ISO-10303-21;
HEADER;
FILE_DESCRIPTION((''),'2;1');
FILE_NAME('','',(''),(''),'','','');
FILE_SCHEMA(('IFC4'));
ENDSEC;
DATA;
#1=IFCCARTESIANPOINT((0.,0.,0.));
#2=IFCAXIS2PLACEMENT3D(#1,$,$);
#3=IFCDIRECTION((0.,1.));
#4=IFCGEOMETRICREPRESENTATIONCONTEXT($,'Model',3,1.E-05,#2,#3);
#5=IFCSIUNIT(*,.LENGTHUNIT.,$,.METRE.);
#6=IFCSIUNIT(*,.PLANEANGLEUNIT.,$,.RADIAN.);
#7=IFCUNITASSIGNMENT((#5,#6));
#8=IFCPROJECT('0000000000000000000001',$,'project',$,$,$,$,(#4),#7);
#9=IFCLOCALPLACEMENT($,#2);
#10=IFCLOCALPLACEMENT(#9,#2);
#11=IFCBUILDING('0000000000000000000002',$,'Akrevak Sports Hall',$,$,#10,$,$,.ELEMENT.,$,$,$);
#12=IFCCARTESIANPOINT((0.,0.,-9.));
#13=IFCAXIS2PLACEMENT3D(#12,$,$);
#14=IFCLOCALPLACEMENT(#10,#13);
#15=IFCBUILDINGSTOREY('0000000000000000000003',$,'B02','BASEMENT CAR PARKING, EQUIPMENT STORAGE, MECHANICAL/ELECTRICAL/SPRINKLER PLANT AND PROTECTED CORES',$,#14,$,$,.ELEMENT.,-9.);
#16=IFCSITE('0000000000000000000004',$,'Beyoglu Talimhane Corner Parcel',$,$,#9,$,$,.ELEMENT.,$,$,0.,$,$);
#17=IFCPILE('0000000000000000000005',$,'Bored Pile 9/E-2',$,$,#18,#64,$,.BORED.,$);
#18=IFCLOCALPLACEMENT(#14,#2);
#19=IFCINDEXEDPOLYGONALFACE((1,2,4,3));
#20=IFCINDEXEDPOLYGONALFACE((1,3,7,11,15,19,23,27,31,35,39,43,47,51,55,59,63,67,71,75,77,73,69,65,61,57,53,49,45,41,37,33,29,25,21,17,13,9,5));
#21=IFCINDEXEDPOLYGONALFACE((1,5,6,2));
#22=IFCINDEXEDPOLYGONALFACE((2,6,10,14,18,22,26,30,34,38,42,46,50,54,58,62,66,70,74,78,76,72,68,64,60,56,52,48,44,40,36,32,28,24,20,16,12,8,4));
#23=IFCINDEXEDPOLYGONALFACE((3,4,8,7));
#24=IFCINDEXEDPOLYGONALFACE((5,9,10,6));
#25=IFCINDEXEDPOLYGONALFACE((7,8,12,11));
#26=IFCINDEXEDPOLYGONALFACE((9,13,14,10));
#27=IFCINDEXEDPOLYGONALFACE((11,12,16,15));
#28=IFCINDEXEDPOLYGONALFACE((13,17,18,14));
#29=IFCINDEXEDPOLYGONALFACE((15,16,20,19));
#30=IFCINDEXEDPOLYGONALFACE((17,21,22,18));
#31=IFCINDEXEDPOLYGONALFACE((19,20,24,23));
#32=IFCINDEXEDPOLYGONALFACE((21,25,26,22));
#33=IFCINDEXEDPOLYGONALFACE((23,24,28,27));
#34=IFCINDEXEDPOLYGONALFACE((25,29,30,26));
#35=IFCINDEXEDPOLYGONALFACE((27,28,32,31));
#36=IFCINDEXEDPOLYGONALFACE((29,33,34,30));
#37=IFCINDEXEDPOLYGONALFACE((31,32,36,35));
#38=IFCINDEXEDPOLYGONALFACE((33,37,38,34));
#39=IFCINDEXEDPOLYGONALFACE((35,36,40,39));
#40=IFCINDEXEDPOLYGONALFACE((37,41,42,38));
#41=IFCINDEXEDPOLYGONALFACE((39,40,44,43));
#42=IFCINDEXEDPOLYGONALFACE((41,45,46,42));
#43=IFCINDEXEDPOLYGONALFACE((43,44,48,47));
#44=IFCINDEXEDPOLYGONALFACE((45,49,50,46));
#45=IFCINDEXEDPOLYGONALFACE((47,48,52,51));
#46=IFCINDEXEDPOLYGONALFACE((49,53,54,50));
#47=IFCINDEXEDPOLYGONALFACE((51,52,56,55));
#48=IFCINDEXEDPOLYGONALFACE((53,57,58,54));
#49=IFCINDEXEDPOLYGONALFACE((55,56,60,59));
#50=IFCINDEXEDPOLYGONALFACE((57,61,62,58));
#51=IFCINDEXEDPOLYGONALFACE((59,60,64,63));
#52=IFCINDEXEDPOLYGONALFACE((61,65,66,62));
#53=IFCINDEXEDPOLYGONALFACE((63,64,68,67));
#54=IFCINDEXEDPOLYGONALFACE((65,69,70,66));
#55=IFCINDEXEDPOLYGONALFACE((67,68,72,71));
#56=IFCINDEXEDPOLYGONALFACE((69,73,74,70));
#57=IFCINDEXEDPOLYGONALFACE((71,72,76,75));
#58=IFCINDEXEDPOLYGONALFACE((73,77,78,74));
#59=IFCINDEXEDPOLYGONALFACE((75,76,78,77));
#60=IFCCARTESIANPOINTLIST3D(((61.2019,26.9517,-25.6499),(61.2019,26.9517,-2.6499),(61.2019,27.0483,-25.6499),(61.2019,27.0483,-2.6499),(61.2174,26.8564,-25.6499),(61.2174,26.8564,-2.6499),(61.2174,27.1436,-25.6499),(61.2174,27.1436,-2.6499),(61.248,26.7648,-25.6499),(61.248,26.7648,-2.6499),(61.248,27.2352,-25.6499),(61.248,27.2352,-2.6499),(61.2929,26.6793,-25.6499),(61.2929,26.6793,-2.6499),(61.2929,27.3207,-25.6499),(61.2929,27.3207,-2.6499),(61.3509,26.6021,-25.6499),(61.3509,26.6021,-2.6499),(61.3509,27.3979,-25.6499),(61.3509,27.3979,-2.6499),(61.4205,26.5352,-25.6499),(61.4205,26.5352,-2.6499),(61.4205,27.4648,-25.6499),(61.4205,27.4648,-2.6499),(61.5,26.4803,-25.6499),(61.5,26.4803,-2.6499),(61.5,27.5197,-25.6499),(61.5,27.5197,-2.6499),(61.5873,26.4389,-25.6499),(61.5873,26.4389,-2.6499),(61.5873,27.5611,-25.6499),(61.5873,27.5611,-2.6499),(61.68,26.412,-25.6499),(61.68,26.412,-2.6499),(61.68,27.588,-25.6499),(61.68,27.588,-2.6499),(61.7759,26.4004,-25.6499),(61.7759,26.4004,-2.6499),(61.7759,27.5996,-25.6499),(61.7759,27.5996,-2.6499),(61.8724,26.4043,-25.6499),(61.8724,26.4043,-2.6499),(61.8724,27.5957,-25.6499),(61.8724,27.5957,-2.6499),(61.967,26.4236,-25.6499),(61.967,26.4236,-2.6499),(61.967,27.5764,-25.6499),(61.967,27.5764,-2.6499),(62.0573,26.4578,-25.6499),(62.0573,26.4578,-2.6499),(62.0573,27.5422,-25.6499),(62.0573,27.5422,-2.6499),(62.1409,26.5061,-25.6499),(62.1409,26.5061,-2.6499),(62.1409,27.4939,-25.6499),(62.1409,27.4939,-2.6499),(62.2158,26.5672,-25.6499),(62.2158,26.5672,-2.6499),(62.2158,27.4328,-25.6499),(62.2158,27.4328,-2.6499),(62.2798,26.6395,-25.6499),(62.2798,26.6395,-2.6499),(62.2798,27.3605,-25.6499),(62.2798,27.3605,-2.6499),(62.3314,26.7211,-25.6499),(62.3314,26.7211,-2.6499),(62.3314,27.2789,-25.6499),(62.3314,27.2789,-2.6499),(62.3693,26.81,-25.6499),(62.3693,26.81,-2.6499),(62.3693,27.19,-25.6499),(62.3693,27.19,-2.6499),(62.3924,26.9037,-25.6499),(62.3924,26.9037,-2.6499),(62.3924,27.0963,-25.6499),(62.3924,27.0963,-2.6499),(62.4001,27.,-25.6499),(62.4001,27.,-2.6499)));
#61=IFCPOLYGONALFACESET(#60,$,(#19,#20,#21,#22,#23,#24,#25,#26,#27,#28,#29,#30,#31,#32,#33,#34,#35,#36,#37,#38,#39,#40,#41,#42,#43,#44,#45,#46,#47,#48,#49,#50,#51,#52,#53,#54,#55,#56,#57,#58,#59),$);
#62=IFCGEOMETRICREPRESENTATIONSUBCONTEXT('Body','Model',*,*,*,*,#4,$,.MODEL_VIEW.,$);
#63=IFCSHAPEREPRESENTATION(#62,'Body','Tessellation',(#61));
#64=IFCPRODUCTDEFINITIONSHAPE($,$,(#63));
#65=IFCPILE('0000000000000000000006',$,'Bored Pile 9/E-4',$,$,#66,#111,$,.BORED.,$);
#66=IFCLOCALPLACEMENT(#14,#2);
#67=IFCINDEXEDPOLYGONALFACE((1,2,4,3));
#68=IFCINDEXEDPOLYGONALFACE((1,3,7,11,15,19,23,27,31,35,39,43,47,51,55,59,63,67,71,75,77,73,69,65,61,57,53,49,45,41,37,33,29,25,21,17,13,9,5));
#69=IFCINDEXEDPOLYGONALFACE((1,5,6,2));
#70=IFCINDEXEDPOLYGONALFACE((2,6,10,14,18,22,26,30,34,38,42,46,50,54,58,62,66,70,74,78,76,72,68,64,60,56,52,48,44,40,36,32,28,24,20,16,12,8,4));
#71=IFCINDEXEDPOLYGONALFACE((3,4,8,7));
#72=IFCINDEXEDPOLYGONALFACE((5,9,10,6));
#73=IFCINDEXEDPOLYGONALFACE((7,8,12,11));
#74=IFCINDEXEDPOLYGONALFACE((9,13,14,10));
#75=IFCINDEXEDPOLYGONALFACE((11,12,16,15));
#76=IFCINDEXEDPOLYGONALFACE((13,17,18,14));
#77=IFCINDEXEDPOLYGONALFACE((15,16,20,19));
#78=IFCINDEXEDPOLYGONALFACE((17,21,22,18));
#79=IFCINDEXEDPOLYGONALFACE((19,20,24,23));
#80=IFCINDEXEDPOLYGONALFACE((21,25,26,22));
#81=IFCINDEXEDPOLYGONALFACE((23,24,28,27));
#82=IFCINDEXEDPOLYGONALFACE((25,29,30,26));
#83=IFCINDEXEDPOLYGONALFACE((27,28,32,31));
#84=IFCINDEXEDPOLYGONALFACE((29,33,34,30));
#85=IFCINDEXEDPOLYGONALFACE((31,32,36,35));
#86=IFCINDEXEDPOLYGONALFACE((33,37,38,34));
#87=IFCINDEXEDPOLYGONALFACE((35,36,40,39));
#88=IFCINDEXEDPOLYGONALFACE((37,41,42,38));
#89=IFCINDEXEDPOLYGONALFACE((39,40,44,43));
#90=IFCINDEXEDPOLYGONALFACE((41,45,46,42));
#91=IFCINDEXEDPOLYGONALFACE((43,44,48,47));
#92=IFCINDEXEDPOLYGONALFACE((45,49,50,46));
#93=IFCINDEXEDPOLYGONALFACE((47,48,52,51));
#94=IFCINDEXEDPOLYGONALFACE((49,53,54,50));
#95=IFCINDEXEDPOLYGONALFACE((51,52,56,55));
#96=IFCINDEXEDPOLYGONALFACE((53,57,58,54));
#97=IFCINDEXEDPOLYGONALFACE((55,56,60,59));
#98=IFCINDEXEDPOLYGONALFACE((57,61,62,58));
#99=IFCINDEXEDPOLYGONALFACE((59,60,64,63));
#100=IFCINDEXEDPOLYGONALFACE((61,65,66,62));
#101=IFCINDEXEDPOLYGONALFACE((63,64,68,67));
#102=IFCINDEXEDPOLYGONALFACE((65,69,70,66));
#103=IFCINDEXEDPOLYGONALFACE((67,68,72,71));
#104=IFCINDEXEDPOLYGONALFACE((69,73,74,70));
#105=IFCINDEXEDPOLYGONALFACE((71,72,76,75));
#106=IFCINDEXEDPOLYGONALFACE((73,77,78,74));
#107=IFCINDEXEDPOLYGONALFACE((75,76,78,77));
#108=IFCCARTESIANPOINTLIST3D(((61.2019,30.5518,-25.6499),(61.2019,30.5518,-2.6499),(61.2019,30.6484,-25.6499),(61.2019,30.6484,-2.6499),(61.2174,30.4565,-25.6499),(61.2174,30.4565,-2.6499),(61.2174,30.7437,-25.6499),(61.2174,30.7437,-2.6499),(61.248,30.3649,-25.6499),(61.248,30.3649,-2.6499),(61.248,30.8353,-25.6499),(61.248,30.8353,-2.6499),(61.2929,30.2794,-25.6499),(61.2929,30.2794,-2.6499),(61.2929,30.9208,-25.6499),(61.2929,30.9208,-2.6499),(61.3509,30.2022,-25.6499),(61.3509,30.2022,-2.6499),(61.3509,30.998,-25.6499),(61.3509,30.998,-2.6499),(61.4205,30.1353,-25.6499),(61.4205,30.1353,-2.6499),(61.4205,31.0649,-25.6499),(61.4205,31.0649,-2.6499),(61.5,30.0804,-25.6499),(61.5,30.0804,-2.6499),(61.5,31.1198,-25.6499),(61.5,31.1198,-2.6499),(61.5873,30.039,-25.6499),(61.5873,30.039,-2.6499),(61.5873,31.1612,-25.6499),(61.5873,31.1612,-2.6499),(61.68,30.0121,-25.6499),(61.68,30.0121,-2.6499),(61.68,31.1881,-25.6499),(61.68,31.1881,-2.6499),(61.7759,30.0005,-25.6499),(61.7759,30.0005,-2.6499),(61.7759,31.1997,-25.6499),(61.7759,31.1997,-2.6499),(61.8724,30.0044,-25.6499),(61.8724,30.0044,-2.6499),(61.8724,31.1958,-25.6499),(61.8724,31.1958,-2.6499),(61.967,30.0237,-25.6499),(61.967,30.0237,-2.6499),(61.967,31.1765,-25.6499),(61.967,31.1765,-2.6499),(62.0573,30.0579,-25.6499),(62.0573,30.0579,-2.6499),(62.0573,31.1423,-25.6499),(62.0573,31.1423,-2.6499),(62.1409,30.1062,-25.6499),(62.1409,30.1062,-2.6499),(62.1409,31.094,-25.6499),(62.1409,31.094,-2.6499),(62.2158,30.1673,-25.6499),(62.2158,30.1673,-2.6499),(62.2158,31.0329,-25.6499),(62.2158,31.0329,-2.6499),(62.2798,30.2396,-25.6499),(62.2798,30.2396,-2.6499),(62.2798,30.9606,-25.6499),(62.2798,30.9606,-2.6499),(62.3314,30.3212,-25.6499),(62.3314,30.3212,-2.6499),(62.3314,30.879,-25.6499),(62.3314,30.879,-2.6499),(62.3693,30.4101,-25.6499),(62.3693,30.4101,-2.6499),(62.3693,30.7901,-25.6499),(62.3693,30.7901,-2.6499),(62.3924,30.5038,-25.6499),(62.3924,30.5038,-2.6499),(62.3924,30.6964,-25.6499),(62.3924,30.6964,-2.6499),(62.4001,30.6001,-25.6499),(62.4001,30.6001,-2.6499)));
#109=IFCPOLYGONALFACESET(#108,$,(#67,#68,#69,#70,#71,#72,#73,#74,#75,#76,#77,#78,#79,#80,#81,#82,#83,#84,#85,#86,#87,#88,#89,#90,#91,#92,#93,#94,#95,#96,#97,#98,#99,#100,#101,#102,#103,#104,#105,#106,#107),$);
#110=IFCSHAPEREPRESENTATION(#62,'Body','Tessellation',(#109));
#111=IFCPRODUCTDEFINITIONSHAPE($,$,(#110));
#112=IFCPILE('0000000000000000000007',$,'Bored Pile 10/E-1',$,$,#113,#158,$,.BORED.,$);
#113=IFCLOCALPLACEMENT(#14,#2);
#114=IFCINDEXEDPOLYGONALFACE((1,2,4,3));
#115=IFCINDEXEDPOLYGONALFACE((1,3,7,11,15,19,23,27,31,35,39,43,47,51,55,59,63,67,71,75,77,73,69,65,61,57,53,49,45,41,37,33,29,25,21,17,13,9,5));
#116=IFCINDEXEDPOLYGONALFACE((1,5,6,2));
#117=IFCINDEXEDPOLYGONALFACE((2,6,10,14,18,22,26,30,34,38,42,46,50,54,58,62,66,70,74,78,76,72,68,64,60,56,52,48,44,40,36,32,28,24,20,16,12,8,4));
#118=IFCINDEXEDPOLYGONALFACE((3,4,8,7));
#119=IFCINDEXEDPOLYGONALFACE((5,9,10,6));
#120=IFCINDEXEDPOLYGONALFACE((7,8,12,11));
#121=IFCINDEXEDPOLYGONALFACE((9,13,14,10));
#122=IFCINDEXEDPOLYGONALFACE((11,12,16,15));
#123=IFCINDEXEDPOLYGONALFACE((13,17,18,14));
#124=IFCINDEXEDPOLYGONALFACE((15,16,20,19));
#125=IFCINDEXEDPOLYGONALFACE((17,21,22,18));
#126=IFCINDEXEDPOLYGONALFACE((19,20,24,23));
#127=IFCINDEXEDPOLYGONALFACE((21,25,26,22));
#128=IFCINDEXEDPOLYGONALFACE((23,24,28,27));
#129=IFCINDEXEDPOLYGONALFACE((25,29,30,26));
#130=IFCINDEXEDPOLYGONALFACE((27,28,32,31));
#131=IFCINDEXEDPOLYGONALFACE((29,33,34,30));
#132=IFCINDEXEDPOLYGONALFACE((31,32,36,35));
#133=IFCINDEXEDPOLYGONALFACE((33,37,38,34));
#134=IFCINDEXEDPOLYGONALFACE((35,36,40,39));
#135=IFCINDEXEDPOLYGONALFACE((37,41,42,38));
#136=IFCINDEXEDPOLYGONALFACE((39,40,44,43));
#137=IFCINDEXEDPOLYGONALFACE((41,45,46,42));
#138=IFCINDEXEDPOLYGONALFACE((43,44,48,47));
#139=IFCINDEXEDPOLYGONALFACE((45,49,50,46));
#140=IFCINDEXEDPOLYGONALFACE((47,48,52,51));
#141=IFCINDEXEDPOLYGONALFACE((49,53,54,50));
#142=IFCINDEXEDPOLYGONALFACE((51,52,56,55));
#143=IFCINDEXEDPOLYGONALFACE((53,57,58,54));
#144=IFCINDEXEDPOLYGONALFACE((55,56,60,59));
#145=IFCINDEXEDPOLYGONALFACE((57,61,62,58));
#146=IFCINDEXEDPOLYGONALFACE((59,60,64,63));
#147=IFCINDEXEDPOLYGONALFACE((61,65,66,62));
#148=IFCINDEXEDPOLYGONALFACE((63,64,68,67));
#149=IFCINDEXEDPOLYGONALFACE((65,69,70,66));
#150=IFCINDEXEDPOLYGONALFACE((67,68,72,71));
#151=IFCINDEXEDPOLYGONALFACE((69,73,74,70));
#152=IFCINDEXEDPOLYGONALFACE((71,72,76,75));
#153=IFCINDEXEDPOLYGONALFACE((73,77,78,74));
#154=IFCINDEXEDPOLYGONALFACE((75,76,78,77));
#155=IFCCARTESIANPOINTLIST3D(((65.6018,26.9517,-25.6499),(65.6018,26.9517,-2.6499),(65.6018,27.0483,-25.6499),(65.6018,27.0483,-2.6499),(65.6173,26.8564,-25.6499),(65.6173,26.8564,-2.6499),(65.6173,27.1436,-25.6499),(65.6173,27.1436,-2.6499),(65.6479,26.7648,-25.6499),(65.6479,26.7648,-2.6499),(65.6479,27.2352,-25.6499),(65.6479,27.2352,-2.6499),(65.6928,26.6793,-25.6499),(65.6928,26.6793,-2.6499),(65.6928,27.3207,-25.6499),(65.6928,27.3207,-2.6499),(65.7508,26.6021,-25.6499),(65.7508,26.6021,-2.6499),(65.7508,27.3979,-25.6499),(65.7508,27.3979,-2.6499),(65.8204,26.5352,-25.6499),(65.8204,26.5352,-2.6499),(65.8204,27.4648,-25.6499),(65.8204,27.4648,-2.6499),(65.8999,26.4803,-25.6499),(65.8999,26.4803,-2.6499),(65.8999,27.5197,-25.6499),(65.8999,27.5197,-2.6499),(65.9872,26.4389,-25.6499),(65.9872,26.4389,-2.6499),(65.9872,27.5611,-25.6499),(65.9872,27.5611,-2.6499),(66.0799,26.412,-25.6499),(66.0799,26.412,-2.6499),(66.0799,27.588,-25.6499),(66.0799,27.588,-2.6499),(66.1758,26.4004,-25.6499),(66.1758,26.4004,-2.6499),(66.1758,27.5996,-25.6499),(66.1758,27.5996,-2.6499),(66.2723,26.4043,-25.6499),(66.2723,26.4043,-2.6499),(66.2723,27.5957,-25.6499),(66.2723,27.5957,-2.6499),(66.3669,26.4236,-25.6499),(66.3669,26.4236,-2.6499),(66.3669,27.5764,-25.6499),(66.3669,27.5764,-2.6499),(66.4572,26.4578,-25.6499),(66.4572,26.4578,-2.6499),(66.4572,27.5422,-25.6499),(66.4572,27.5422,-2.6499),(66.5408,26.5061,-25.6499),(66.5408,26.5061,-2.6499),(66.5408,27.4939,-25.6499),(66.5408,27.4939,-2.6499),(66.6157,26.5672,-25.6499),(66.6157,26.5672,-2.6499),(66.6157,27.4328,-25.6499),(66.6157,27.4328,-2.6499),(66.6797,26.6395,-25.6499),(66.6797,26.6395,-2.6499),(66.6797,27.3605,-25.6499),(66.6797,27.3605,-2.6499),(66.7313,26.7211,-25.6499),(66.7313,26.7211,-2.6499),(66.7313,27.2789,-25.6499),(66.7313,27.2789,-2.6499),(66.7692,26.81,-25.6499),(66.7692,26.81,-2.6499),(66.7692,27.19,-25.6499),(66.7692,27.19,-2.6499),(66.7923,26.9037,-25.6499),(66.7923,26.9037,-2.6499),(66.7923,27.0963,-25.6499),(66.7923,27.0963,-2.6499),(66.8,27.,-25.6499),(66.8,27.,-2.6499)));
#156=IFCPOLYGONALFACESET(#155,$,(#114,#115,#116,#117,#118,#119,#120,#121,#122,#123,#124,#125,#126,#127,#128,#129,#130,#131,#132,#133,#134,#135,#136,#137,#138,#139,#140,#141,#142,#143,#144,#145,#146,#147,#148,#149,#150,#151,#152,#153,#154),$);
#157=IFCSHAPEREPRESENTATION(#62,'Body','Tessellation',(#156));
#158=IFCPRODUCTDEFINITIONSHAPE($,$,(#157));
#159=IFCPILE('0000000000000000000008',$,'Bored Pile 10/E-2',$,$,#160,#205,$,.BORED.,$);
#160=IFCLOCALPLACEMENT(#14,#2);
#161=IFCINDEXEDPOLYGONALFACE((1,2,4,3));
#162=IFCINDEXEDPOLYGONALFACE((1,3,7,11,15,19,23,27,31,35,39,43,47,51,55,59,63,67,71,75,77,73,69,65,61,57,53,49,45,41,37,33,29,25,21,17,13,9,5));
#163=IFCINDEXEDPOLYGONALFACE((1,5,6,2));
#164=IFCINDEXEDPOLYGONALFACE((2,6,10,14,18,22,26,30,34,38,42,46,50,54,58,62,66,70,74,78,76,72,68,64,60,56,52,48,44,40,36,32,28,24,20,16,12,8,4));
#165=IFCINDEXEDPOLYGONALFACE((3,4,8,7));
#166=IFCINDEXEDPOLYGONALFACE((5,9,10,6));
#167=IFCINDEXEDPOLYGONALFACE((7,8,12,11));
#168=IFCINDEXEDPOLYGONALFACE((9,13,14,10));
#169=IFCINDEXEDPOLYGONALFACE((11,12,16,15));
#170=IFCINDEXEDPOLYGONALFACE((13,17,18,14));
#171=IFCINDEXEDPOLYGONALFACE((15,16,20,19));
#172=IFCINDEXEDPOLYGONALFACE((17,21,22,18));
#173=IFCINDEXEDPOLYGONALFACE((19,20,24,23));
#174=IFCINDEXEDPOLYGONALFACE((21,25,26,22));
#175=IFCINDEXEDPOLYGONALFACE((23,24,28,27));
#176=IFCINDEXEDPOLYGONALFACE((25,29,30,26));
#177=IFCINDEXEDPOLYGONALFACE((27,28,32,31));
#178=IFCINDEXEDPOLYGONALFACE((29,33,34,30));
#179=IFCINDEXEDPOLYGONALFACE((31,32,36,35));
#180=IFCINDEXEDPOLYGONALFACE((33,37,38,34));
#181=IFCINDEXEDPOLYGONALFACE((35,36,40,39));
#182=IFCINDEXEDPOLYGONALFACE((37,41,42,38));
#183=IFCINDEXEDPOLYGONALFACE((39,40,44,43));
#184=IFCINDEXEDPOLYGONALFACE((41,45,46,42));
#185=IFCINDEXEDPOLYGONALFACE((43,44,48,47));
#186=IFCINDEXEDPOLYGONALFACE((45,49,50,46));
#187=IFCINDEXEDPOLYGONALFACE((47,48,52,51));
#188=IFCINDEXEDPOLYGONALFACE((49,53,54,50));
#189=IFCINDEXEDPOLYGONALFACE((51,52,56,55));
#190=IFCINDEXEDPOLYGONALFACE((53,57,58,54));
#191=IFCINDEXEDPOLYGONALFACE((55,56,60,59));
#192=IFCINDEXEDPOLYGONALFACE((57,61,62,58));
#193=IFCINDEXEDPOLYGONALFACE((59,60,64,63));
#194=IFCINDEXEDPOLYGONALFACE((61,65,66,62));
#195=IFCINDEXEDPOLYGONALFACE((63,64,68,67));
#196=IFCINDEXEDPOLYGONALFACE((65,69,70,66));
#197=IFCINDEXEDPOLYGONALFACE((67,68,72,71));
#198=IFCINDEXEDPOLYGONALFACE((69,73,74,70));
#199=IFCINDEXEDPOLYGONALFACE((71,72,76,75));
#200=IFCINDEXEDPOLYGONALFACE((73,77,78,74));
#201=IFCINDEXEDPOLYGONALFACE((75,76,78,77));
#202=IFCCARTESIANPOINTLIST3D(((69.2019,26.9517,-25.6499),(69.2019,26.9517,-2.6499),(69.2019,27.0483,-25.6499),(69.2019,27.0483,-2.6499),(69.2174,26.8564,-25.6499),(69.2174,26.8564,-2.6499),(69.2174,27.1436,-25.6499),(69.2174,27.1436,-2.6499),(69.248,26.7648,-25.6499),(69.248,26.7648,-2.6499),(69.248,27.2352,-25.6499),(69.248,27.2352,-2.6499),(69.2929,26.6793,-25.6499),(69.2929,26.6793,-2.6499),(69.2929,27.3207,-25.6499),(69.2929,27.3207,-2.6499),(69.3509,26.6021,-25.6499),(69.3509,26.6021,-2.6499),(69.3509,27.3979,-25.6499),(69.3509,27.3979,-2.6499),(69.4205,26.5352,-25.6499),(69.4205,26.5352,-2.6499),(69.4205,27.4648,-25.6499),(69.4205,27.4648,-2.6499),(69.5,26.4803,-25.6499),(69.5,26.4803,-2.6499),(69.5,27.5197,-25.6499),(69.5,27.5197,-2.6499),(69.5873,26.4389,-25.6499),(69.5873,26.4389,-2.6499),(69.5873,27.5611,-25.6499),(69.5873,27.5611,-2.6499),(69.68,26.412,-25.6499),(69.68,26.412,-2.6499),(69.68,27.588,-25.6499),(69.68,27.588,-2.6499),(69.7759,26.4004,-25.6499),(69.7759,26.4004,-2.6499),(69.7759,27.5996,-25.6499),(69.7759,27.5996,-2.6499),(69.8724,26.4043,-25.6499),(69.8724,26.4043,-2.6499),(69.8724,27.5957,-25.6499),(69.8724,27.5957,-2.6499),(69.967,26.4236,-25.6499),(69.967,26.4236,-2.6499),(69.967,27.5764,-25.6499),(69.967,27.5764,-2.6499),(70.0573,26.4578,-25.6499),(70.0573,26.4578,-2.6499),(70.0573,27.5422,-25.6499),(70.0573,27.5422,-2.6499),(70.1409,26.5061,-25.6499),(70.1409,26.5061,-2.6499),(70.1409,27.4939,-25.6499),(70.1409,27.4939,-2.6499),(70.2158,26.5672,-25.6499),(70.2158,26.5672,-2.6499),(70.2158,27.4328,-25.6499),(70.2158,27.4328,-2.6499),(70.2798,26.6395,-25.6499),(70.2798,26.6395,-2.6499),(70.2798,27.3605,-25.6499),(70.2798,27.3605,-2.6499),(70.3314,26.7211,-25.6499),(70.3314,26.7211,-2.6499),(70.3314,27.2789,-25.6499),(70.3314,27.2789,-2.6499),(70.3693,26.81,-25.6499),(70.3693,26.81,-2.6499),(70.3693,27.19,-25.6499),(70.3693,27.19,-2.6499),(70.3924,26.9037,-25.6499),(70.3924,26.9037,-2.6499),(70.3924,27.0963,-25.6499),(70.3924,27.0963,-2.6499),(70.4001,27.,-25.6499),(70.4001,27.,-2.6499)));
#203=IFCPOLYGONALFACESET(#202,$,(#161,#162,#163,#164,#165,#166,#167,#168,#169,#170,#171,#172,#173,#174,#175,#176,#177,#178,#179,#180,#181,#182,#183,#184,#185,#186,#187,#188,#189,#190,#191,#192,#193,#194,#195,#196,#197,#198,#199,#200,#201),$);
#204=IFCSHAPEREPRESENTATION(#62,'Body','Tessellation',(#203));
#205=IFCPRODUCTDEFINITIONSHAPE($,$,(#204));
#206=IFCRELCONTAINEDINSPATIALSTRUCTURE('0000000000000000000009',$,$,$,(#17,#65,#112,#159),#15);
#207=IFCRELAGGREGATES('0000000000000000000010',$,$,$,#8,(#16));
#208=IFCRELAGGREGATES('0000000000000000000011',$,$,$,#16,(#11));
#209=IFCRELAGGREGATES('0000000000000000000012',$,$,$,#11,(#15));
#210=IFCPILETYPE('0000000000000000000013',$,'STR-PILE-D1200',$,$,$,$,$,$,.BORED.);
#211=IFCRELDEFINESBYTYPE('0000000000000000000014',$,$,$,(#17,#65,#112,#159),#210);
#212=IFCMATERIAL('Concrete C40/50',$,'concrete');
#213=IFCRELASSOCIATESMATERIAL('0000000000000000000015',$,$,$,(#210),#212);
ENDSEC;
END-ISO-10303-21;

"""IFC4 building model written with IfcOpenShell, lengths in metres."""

from ifc_helpers import new_model, si_unit, direction, frame, origin, origin_2d, place, context, subcontext, project, spatial, circle, extrude, material, material_profile, profile_set, type_object, element, save


model = new_model("IFC4")

# Units and contexts
model_context = context("Model", 3, precision=1e-05, world=origin(), true_north=direction((0.0, 1.0)))
body_context = subcontext(model_context, "Body", "Model", "MODEL_VIEW")
ifc_project = project(units=[si_unit("LENGTHUNIT", "METRE"), si_unit("PLANEANGLEUNIT", "RADIAN")], contexts=[model_context])

# Site, building, storey
site_placement = place(None, origin())
site = spatial("IfcSite", under=ifc_project, at=site_placement, Name="Beyoglu Talimhane Corner Parcel", CompositionType="ELEMENT", RefElevation=0.0)
building_placement = place(site_placement, origin())
building = spatial("IfcBuilding", under=site, at=building_placement, Name="Akrevak Sports Hall", CompositionType="ELEMENT")
storey_placement = place(building_placement, frame((0.0, 0.0, -9.0)))
storey = spatial("IfcBuildingStorey", under=building, at=storey_placement, Name="B02", Description="BASEMENT CAR PARKING, EQUIPMENT STORAGE, MECHANICAL/ELECTRICAL/SPRINKLER PLANT AND PROTECTED CORES", CompositionType="ELEMENT", Elevation=-9.0)

# Shared definitions
ifc_material_1 = material(Name="Concrete C40/50", Category="concrete")

# Piles
ifc_material_profile_1 = material_profile(ifc_material_1, circle(Radius=0.6001, at=origin_2d()), Name="BORED PILE D1200", Category="concrete")
ifc_profile_set_1 = profile_set([ifc_material_profile_1], Name="Concrete C40/50")
pile_type_1 = type_object("IfcPileType", Name="STR-PILE-D1200", PredefinedType="BORED", material=ifc_profile_set_1)
for number, where, z_axis, x_axis, name in (
    (1, (61.8, 27.0, -2.6499), (0.0, 0.0, -1.0), (1.0, 0.0, 0.0), "Bored Pile 9/E-2"),
    (2, (61.8, 30.6001, -2.6499), (0.0, 0.0, -1.0), (1.0, 0.0, 0.0), "Bored Pile 9/E-4"),
    (3, (66.2, 27.0, -2.6499), (0.0, 0.0, -1.0), (1.0, 0.0, 0.0), "Bored Pile 10/E-1"),
    (4, (69.8, 27.0, -2.6499), (0.0, 0.0, -1.0), (1.0, 0.0, 0.0), "Bored Pile 10/E-2"),
):
    element("IfcPile", number, at=place(storey_placement, frame(where, z_axis=z_axis, x_axis=x_axis)), inside=storey, type_object=pile_type_1, Name=name, PredefinedType="BORED", context=body_context, shape_type="SweptSolid", body=[
        extrude(circle(Radius=0.6001, at=origin_2d()), origin(), (0.0, 0.0, 1.0), 23.0),
    ])

save(model, "model.ifc")
